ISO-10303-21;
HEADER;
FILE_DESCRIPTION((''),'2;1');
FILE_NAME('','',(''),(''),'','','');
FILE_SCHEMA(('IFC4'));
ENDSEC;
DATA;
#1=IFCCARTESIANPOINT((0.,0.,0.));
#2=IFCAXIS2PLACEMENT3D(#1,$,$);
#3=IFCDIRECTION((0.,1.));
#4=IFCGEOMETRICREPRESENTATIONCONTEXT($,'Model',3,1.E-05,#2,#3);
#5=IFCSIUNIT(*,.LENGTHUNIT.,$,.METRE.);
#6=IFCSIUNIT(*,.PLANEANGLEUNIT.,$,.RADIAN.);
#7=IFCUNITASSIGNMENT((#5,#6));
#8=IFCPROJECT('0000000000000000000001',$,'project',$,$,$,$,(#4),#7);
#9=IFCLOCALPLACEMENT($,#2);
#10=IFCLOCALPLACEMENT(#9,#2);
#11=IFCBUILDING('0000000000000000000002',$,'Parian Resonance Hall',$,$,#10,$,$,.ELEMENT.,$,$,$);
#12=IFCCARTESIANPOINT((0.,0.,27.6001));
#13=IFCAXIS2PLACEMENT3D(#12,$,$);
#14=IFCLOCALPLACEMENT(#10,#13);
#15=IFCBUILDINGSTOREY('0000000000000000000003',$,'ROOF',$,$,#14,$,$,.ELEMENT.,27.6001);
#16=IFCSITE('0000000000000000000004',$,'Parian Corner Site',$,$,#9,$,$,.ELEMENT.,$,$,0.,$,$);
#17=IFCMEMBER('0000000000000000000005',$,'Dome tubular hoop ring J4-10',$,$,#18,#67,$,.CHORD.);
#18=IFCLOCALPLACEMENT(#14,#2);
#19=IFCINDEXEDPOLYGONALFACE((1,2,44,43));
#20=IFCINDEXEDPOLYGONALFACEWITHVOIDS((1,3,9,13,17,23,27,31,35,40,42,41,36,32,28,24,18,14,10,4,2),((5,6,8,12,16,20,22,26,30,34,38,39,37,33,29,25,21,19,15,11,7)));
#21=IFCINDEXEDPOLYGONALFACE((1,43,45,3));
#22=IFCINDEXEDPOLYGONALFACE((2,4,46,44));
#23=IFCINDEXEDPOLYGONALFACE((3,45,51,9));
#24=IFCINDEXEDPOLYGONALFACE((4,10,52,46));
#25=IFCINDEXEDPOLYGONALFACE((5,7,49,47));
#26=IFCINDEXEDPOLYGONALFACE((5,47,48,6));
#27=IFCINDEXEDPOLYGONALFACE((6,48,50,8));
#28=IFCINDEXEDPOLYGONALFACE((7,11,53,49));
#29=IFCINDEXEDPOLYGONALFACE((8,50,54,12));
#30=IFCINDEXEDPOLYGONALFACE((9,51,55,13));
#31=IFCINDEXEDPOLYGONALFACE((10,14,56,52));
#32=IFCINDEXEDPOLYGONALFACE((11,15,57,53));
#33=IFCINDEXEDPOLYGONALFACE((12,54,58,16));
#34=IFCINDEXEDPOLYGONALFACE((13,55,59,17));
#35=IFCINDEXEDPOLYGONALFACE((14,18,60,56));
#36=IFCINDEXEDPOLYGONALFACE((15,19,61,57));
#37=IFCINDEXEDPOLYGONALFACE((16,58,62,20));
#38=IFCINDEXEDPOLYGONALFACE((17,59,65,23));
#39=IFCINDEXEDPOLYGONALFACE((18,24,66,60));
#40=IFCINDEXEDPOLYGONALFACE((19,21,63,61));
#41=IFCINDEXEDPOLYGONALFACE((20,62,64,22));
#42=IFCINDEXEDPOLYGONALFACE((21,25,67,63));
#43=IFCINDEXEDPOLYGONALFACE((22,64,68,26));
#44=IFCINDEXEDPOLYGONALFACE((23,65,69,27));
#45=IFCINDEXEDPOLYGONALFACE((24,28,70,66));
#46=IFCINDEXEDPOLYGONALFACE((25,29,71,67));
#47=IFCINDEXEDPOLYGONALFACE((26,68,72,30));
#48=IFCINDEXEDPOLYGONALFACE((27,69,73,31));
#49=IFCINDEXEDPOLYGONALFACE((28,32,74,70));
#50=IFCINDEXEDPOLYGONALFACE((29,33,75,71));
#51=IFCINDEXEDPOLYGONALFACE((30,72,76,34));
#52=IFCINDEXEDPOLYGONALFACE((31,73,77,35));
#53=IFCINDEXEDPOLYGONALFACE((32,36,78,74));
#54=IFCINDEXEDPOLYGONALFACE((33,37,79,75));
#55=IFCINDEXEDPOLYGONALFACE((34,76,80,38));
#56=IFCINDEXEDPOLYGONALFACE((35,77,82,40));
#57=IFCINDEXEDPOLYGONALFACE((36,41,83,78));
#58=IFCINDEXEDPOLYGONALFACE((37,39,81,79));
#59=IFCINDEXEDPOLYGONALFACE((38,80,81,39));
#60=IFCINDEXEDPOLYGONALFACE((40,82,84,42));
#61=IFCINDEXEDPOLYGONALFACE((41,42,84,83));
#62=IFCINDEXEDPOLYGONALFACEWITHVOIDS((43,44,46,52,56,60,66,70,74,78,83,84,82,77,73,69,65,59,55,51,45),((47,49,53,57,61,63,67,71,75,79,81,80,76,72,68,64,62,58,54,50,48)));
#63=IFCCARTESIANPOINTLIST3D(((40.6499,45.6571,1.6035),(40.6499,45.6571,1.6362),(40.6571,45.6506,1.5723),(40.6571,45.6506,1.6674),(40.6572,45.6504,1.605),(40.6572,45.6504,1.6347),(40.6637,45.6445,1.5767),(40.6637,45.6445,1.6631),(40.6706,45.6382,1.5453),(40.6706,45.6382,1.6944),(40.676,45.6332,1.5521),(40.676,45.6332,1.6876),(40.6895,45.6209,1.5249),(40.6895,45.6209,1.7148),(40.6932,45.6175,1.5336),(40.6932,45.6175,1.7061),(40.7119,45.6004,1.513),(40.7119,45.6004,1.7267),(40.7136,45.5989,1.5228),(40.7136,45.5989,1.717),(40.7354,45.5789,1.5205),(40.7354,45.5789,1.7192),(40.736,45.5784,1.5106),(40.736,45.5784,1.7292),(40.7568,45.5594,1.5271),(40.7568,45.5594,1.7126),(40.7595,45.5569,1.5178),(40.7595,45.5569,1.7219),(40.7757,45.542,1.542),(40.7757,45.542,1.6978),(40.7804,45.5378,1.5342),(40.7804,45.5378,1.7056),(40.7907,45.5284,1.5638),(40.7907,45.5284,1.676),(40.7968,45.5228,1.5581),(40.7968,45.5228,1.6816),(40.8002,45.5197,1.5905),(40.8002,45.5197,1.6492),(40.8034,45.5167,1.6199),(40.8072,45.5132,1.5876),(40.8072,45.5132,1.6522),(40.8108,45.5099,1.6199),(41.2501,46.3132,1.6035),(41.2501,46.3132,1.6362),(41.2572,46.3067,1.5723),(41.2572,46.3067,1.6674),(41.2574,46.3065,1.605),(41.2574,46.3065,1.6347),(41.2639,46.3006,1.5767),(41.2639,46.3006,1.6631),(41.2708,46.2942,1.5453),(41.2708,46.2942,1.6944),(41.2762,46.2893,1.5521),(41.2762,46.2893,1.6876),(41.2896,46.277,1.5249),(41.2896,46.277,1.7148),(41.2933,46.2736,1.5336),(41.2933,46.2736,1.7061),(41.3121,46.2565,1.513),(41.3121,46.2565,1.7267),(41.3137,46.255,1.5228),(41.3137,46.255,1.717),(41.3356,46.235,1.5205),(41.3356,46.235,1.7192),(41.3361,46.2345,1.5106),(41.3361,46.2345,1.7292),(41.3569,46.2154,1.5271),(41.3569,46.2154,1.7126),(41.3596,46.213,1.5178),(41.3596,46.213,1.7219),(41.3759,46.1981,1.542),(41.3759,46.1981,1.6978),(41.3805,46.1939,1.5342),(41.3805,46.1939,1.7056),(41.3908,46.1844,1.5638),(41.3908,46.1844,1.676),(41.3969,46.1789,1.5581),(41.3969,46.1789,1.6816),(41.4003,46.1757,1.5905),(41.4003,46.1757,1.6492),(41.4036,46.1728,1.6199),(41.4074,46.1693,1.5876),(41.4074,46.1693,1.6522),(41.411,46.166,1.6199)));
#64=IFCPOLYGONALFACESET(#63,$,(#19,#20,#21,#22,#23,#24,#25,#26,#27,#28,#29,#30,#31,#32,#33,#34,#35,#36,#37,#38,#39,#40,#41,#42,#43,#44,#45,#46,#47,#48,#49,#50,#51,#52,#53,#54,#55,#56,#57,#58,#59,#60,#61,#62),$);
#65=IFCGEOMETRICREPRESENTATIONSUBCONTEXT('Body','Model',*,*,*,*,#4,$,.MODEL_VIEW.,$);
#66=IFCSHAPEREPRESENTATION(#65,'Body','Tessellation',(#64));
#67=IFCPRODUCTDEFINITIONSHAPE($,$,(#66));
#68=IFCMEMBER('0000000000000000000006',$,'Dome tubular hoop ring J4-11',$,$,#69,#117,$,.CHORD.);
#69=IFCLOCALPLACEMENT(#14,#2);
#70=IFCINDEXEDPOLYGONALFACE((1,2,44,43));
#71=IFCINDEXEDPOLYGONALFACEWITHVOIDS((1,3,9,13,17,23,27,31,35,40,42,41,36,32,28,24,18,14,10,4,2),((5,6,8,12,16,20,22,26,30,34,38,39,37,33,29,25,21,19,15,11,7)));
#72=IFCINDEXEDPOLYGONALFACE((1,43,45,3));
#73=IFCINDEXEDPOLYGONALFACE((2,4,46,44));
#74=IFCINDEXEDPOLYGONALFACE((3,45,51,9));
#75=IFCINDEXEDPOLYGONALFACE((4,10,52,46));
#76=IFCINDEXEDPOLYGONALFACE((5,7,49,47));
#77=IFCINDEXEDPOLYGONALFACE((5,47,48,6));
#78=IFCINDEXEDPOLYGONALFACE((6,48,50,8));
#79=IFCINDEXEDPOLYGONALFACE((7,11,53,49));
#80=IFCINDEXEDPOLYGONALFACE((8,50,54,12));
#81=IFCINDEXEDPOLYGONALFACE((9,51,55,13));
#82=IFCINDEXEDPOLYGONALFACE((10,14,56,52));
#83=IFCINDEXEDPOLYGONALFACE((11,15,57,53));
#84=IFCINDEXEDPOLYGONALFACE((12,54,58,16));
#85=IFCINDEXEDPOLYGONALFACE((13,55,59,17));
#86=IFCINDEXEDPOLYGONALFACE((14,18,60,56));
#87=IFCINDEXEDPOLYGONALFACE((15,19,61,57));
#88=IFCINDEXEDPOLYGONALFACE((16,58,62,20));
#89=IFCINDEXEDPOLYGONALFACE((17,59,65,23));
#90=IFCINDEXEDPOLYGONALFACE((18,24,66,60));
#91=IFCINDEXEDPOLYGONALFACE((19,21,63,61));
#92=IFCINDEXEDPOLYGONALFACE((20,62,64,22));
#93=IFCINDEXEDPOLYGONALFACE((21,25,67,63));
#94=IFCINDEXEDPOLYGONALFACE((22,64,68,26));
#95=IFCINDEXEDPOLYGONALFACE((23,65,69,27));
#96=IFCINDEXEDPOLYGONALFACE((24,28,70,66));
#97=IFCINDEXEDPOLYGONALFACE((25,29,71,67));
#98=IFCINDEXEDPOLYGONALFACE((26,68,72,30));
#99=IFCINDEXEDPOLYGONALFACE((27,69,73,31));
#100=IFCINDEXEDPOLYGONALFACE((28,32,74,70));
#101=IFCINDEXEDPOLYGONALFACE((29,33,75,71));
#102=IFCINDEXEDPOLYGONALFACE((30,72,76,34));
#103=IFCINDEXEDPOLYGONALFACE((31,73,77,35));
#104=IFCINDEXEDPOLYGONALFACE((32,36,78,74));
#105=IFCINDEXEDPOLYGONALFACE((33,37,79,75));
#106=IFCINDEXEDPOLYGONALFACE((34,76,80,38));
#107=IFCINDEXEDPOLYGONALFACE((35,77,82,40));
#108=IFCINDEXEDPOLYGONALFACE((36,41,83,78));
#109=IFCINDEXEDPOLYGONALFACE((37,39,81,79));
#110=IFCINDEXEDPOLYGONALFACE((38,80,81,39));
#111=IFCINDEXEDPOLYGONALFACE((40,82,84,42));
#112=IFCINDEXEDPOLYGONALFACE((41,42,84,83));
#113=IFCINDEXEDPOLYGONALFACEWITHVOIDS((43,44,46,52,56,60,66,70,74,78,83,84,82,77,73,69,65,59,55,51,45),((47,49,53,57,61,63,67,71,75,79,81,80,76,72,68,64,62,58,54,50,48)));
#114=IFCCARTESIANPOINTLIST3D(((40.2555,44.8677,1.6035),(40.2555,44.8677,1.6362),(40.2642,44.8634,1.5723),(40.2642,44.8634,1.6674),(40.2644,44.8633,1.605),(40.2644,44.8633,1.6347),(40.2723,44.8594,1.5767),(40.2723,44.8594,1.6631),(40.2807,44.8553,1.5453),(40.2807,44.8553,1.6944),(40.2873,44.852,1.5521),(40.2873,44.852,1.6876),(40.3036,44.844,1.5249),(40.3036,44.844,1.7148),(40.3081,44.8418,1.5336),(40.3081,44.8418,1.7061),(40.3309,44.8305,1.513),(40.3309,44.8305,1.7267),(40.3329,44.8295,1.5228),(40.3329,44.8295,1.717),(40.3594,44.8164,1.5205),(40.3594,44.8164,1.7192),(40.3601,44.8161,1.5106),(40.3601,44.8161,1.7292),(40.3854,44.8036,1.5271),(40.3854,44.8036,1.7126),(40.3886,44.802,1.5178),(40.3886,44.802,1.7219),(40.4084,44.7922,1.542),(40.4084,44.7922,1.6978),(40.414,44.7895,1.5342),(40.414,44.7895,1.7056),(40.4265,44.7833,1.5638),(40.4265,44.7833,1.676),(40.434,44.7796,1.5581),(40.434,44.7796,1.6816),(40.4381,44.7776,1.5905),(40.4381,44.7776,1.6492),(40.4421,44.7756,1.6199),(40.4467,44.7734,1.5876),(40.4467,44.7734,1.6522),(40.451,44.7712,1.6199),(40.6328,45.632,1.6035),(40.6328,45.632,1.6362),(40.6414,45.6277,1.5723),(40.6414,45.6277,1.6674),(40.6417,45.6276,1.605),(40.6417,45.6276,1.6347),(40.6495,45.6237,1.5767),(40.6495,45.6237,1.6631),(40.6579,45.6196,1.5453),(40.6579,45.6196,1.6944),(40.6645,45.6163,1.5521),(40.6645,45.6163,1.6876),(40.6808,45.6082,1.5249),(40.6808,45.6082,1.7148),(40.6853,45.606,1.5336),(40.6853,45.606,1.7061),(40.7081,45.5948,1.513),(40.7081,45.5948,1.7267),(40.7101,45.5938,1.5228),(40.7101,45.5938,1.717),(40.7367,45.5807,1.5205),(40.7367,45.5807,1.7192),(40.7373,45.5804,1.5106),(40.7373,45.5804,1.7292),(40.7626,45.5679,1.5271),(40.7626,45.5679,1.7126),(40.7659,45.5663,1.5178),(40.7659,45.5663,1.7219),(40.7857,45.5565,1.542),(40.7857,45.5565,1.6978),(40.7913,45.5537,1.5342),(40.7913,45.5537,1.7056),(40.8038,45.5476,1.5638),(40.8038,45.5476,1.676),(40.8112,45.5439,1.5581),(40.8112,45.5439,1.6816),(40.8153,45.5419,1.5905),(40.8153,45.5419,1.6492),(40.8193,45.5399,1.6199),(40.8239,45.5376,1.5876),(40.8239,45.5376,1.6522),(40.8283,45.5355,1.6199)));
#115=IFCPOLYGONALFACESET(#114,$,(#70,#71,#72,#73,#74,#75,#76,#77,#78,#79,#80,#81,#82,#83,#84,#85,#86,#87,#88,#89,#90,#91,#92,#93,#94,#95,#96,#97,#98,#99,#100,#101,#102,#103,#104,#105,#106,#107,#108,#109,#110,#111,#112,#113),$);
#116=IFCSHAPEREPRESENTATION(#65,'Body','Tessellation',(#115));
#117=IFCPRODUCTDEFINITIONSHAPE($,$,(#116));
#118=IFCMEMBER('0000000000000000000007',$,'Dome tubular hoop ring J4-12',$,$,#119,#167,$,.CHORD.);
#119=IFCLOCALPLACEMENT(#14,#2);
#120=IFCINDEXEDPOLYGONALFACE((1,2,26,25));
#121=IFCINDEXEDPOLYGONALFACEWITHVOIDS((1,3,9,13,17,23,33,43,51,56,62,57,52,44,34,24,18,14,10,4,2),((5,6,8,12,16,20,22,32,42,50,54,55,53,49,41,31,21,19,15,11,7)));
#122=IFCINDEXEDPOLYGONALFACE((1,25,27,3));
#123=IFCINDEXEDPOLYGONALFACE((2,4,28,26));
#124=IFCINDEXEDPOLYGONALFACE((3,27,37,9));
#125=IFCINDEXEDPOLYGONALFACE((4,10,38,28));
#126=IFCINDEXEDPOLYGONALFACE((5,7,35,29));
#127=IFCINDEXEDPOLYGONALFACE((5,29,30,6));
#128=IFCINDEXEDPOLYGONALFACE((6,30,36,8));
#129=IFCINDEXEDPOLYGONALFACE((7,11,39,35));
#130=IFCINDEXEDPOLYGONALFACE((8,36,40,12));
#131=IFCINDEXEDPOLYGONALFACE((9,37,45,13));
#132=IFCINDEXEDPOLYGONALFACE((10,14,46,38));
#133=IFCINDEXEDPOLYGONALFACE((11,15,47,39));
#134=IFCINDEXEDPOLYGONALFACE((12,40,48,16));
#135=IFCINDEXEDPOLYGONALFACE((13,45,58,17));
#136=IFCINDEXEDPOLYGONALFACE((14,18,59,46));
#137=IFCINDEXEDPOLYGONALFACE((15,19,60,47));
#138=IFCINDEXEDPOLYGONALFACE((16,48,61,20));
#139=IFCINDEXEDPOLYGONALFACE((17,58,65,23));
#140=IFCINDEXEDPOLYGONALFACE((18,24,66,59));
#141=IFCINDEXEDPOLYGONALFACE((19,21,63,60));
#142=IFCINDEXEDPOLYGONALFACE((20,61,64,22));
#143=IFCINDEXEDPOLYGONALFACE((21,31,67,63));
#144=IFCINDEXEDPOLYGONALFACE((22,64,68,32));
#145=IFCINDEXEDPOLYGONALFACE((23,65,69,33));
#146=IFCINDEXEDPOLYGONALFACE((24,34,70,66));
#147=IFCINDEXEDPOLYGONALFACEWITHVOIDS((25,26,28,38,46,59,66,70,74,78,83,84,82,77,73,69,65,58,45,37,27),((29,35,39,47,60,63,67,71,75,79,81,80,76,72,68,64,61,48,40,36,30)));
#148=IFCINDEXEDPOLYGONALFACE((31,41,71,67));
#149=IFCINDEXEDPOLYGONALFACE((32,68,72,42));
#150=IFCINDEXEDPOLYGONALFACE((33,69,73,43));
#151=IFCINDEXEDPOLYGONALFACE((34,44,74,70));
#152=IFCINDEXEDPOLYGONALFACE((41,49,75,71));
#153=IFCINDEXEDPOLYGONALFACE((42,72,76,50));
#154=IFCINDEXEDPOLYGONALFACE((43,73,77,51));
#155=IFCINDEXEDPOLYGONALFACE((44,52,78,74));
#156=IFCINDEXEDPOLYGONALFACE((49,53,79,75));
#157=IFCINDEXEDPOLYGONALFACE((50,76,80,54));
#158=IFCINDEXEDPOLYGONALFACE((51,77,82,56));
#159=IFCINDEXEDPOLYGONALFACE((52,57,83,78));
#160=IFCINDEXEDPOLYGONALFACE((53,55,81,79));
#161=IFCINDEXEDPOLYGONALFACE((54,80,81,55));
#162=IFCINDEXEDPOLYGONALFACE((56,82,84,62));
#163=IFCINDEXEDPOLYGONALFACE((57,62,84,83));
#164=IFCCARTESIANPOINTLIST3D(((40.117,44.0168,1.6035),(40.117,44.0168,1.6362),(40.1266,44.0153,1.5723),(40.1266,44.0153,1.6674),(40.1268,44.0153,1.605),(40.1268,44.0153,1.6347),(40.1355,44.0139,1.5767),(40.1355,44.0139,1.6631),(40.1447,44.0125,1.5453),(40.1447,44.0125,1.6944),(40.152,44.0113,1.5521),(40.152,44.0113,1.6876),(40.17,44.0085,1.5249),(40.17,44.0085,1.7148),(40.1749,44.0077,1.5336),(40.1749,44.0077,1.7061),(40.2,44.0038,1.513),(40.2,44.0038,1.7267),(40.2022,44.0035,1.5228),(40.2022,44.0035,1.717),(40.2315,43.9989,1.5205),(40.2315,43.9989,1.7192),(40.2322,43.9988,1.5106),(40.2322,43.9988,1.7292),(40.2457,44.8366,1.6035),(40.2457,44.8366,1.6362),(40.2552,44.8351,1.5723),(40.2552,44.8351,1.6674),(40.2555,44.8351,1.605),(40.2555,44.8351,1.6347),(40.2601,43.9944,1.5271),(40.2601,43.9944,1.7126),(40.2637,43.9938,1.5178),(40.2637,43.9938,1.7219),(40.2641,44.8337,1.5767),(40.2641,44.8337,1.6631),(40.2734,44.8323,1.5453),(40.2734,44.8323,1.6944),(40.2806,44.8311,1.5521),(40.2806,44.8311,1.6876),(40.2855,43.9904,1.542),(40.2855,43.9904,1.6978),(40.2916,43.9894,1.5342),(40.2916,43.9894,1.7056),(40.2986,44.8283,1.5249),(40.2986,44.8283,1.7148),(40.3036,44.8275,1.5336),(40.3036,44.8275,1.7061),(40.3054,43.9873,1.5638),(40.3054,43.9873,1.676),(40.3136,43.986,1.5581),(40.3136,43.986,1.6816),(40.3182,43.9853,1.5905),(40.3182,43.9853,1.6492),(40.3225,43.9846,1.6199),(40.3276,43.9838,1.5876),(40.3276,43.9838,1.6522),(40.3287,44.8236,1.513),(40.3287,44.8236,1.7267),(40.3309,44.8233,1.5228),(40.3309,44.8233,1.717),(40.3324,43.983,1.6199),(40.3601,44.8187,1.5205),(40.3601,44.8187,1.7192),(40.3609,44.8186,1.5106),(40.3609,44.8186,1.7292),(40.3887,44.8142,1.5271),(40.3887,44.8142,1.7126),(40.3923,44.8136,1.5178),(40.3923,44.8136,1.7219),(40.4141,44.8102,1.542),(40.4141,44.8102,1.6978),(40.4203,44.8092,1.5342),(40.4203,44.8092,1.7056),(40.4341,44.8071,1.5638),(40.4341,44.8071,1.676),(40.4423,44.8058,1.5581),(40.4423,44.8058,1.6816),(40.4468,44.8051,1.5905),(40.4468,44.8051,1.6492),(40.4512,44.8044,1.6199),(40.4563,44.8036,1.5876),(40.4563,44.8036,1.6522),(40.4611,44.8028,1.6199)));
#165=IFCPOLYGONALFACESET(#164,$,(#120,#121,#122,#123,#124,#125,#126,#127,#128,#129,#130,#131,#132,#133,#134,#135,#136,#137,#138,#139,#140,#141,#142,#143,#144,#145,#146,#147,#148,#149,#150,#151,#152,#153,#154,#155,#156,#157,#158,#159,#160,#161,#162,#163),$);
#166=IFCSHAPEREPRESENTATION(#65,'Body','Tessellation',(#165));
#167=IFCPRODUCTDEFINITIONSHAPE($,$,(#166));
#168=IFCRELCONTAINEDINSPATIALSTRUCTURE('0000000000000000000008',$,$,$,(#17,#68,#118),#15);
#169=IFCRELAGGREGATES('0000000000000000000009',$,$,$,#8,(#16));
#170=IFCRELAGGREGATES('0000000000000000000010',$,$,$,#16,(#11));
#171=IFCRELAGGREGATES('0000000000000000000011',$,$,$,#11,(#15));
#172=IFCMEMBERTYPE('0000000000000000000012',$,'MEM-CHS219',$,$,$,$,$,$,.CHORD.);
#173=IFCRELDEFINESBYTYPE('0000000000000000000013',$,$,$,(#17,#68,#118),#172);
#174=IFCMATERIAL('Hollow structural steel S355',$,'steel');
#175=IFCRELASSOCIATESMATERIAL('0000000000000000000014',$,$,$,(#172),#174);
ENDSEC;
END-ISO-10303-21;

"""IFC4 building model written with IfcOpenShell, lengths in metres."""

from ifc_helpers import new_model, si_unit, direction, frame, origin, origin_2d, place, context, subcontext, project, spatial, hollow_circle, extrude, material, material_profile, profile_set, type_object, element, save


model = new_model("IFC4")

# Units and contexts
model_context = context("Model", 3, precision=1e-05, world=origin(), true_north=direction((0.0, 1.0)))
body_context = subcontext(model_context, "Body", "Model", "MODEL_VIEW")
ifc_project = project(units=[si_unit("LENGTHUNIT", "METRE"), si_unit("PLANEANGLEUNIT", "RADIAN")], contexts=[model_context])

# Site, building, storey
site_placement = place(None, origin())
site = spatial("IfcSite", under=ifc_project, at=site_placement, Name="Parian Corner Site", CompositionType="ELEMENT", RefElevation=0.0)
building_placement = place(site_placement, origin())
building = spatial("IfcBuilding", under=site, at=building_placement, Name="Parian Resonance Hall", CompositionType="ELEMENT")
storey_placement = place(building_placement, frame((0.0, 0.0, 27.6001)))
storey = spatial("IfcBuildingStorey", under=building, at=storey_placement, Name="ROOF", CompositionType="ELEMENT", Elevation=27.6001)

# Members
ifc_material_1 = material(Name="Hollow structural steel S355", Category="steel")
ifc_material_profile_1 = material_profile(ifc_material_1, hollow_circle(Radius=0.1096, WallThickness=0.01, at=origin_2d()), Name="CHS219.1x10")
ifc_profile_set_1 = profile_set([ifc_material_profile_1], Name="Hollow structural steel S355")
member_type_1 = type_object("IfcMemberType", Name="MEM-CHS219", PredefinedType="CHORD", material=ifc_profile_set_1)
member_1_placement = place(storey_placement, frame((41.3301, 46.24, 1.6199), z_axis=(-0.674966, -0.737849, 0.0), x_axis=(0.737849, -0.674966, 0.0)))
element("IfcMember", 1, at=member_1_placement, inside=storey, type_object=member_type_1, Name="Dome tubular hoop ring J4-10", PredefinedType="CHORD", context=body_context, shape_type="SweptSolid", body=[
    extrude(hollow_circle(Radius=0.1096, WallThickness=0.01, at=origin_2d()), origin(), (0.0, 0.0, 1.0), 0.8892),
])
member_2_placement = place(storey_placement, frame((40.73, 45.584, 1.6199), z_axis=(-0.442624, -0.896707, 0.0), x_axis=(0.896707, -0.442624, 0.0)))
element("IfcMember", 2, at=member_2_placement, inside=storey, type_object=member_type_1, Name="Dome tubular hoop ring J4-11", PredefinedType="CHORD", context=body_context, shape_type="SweptSolid", body=[
    extrude(hollow_circle(Radius=0.1096, WallThickness=0.01, at=origin_2d()), origin(), (0.0, 0.0, 1.0), 0.8523),
])
for number, where, z_axis, x_axis, name in (
    (3, (40.3528, 44.8198, 1.6199), (-0.155041, -0.987908, 0.0), (0.987908, -0.155041, 0.0), "Dome tubular hoop ring J4-12"),
):
    element("IfcMember", number, at=place(storey_placement, frame(where, z_axis=z_axis, x_axis=x_axis)), inside=storey, type_object=member_type_1, Name=name, PredefinedType="CHORD", context=body_context, shape_type="SweptSolid", body=[
        extrude(hollow_circle(Radius=0.1096, WallThickness=0.01, at=origin_2d()), origin(), (0.0, 0.0, 1.0), 0.8298),
    ])

save(model, "model.ifc")
